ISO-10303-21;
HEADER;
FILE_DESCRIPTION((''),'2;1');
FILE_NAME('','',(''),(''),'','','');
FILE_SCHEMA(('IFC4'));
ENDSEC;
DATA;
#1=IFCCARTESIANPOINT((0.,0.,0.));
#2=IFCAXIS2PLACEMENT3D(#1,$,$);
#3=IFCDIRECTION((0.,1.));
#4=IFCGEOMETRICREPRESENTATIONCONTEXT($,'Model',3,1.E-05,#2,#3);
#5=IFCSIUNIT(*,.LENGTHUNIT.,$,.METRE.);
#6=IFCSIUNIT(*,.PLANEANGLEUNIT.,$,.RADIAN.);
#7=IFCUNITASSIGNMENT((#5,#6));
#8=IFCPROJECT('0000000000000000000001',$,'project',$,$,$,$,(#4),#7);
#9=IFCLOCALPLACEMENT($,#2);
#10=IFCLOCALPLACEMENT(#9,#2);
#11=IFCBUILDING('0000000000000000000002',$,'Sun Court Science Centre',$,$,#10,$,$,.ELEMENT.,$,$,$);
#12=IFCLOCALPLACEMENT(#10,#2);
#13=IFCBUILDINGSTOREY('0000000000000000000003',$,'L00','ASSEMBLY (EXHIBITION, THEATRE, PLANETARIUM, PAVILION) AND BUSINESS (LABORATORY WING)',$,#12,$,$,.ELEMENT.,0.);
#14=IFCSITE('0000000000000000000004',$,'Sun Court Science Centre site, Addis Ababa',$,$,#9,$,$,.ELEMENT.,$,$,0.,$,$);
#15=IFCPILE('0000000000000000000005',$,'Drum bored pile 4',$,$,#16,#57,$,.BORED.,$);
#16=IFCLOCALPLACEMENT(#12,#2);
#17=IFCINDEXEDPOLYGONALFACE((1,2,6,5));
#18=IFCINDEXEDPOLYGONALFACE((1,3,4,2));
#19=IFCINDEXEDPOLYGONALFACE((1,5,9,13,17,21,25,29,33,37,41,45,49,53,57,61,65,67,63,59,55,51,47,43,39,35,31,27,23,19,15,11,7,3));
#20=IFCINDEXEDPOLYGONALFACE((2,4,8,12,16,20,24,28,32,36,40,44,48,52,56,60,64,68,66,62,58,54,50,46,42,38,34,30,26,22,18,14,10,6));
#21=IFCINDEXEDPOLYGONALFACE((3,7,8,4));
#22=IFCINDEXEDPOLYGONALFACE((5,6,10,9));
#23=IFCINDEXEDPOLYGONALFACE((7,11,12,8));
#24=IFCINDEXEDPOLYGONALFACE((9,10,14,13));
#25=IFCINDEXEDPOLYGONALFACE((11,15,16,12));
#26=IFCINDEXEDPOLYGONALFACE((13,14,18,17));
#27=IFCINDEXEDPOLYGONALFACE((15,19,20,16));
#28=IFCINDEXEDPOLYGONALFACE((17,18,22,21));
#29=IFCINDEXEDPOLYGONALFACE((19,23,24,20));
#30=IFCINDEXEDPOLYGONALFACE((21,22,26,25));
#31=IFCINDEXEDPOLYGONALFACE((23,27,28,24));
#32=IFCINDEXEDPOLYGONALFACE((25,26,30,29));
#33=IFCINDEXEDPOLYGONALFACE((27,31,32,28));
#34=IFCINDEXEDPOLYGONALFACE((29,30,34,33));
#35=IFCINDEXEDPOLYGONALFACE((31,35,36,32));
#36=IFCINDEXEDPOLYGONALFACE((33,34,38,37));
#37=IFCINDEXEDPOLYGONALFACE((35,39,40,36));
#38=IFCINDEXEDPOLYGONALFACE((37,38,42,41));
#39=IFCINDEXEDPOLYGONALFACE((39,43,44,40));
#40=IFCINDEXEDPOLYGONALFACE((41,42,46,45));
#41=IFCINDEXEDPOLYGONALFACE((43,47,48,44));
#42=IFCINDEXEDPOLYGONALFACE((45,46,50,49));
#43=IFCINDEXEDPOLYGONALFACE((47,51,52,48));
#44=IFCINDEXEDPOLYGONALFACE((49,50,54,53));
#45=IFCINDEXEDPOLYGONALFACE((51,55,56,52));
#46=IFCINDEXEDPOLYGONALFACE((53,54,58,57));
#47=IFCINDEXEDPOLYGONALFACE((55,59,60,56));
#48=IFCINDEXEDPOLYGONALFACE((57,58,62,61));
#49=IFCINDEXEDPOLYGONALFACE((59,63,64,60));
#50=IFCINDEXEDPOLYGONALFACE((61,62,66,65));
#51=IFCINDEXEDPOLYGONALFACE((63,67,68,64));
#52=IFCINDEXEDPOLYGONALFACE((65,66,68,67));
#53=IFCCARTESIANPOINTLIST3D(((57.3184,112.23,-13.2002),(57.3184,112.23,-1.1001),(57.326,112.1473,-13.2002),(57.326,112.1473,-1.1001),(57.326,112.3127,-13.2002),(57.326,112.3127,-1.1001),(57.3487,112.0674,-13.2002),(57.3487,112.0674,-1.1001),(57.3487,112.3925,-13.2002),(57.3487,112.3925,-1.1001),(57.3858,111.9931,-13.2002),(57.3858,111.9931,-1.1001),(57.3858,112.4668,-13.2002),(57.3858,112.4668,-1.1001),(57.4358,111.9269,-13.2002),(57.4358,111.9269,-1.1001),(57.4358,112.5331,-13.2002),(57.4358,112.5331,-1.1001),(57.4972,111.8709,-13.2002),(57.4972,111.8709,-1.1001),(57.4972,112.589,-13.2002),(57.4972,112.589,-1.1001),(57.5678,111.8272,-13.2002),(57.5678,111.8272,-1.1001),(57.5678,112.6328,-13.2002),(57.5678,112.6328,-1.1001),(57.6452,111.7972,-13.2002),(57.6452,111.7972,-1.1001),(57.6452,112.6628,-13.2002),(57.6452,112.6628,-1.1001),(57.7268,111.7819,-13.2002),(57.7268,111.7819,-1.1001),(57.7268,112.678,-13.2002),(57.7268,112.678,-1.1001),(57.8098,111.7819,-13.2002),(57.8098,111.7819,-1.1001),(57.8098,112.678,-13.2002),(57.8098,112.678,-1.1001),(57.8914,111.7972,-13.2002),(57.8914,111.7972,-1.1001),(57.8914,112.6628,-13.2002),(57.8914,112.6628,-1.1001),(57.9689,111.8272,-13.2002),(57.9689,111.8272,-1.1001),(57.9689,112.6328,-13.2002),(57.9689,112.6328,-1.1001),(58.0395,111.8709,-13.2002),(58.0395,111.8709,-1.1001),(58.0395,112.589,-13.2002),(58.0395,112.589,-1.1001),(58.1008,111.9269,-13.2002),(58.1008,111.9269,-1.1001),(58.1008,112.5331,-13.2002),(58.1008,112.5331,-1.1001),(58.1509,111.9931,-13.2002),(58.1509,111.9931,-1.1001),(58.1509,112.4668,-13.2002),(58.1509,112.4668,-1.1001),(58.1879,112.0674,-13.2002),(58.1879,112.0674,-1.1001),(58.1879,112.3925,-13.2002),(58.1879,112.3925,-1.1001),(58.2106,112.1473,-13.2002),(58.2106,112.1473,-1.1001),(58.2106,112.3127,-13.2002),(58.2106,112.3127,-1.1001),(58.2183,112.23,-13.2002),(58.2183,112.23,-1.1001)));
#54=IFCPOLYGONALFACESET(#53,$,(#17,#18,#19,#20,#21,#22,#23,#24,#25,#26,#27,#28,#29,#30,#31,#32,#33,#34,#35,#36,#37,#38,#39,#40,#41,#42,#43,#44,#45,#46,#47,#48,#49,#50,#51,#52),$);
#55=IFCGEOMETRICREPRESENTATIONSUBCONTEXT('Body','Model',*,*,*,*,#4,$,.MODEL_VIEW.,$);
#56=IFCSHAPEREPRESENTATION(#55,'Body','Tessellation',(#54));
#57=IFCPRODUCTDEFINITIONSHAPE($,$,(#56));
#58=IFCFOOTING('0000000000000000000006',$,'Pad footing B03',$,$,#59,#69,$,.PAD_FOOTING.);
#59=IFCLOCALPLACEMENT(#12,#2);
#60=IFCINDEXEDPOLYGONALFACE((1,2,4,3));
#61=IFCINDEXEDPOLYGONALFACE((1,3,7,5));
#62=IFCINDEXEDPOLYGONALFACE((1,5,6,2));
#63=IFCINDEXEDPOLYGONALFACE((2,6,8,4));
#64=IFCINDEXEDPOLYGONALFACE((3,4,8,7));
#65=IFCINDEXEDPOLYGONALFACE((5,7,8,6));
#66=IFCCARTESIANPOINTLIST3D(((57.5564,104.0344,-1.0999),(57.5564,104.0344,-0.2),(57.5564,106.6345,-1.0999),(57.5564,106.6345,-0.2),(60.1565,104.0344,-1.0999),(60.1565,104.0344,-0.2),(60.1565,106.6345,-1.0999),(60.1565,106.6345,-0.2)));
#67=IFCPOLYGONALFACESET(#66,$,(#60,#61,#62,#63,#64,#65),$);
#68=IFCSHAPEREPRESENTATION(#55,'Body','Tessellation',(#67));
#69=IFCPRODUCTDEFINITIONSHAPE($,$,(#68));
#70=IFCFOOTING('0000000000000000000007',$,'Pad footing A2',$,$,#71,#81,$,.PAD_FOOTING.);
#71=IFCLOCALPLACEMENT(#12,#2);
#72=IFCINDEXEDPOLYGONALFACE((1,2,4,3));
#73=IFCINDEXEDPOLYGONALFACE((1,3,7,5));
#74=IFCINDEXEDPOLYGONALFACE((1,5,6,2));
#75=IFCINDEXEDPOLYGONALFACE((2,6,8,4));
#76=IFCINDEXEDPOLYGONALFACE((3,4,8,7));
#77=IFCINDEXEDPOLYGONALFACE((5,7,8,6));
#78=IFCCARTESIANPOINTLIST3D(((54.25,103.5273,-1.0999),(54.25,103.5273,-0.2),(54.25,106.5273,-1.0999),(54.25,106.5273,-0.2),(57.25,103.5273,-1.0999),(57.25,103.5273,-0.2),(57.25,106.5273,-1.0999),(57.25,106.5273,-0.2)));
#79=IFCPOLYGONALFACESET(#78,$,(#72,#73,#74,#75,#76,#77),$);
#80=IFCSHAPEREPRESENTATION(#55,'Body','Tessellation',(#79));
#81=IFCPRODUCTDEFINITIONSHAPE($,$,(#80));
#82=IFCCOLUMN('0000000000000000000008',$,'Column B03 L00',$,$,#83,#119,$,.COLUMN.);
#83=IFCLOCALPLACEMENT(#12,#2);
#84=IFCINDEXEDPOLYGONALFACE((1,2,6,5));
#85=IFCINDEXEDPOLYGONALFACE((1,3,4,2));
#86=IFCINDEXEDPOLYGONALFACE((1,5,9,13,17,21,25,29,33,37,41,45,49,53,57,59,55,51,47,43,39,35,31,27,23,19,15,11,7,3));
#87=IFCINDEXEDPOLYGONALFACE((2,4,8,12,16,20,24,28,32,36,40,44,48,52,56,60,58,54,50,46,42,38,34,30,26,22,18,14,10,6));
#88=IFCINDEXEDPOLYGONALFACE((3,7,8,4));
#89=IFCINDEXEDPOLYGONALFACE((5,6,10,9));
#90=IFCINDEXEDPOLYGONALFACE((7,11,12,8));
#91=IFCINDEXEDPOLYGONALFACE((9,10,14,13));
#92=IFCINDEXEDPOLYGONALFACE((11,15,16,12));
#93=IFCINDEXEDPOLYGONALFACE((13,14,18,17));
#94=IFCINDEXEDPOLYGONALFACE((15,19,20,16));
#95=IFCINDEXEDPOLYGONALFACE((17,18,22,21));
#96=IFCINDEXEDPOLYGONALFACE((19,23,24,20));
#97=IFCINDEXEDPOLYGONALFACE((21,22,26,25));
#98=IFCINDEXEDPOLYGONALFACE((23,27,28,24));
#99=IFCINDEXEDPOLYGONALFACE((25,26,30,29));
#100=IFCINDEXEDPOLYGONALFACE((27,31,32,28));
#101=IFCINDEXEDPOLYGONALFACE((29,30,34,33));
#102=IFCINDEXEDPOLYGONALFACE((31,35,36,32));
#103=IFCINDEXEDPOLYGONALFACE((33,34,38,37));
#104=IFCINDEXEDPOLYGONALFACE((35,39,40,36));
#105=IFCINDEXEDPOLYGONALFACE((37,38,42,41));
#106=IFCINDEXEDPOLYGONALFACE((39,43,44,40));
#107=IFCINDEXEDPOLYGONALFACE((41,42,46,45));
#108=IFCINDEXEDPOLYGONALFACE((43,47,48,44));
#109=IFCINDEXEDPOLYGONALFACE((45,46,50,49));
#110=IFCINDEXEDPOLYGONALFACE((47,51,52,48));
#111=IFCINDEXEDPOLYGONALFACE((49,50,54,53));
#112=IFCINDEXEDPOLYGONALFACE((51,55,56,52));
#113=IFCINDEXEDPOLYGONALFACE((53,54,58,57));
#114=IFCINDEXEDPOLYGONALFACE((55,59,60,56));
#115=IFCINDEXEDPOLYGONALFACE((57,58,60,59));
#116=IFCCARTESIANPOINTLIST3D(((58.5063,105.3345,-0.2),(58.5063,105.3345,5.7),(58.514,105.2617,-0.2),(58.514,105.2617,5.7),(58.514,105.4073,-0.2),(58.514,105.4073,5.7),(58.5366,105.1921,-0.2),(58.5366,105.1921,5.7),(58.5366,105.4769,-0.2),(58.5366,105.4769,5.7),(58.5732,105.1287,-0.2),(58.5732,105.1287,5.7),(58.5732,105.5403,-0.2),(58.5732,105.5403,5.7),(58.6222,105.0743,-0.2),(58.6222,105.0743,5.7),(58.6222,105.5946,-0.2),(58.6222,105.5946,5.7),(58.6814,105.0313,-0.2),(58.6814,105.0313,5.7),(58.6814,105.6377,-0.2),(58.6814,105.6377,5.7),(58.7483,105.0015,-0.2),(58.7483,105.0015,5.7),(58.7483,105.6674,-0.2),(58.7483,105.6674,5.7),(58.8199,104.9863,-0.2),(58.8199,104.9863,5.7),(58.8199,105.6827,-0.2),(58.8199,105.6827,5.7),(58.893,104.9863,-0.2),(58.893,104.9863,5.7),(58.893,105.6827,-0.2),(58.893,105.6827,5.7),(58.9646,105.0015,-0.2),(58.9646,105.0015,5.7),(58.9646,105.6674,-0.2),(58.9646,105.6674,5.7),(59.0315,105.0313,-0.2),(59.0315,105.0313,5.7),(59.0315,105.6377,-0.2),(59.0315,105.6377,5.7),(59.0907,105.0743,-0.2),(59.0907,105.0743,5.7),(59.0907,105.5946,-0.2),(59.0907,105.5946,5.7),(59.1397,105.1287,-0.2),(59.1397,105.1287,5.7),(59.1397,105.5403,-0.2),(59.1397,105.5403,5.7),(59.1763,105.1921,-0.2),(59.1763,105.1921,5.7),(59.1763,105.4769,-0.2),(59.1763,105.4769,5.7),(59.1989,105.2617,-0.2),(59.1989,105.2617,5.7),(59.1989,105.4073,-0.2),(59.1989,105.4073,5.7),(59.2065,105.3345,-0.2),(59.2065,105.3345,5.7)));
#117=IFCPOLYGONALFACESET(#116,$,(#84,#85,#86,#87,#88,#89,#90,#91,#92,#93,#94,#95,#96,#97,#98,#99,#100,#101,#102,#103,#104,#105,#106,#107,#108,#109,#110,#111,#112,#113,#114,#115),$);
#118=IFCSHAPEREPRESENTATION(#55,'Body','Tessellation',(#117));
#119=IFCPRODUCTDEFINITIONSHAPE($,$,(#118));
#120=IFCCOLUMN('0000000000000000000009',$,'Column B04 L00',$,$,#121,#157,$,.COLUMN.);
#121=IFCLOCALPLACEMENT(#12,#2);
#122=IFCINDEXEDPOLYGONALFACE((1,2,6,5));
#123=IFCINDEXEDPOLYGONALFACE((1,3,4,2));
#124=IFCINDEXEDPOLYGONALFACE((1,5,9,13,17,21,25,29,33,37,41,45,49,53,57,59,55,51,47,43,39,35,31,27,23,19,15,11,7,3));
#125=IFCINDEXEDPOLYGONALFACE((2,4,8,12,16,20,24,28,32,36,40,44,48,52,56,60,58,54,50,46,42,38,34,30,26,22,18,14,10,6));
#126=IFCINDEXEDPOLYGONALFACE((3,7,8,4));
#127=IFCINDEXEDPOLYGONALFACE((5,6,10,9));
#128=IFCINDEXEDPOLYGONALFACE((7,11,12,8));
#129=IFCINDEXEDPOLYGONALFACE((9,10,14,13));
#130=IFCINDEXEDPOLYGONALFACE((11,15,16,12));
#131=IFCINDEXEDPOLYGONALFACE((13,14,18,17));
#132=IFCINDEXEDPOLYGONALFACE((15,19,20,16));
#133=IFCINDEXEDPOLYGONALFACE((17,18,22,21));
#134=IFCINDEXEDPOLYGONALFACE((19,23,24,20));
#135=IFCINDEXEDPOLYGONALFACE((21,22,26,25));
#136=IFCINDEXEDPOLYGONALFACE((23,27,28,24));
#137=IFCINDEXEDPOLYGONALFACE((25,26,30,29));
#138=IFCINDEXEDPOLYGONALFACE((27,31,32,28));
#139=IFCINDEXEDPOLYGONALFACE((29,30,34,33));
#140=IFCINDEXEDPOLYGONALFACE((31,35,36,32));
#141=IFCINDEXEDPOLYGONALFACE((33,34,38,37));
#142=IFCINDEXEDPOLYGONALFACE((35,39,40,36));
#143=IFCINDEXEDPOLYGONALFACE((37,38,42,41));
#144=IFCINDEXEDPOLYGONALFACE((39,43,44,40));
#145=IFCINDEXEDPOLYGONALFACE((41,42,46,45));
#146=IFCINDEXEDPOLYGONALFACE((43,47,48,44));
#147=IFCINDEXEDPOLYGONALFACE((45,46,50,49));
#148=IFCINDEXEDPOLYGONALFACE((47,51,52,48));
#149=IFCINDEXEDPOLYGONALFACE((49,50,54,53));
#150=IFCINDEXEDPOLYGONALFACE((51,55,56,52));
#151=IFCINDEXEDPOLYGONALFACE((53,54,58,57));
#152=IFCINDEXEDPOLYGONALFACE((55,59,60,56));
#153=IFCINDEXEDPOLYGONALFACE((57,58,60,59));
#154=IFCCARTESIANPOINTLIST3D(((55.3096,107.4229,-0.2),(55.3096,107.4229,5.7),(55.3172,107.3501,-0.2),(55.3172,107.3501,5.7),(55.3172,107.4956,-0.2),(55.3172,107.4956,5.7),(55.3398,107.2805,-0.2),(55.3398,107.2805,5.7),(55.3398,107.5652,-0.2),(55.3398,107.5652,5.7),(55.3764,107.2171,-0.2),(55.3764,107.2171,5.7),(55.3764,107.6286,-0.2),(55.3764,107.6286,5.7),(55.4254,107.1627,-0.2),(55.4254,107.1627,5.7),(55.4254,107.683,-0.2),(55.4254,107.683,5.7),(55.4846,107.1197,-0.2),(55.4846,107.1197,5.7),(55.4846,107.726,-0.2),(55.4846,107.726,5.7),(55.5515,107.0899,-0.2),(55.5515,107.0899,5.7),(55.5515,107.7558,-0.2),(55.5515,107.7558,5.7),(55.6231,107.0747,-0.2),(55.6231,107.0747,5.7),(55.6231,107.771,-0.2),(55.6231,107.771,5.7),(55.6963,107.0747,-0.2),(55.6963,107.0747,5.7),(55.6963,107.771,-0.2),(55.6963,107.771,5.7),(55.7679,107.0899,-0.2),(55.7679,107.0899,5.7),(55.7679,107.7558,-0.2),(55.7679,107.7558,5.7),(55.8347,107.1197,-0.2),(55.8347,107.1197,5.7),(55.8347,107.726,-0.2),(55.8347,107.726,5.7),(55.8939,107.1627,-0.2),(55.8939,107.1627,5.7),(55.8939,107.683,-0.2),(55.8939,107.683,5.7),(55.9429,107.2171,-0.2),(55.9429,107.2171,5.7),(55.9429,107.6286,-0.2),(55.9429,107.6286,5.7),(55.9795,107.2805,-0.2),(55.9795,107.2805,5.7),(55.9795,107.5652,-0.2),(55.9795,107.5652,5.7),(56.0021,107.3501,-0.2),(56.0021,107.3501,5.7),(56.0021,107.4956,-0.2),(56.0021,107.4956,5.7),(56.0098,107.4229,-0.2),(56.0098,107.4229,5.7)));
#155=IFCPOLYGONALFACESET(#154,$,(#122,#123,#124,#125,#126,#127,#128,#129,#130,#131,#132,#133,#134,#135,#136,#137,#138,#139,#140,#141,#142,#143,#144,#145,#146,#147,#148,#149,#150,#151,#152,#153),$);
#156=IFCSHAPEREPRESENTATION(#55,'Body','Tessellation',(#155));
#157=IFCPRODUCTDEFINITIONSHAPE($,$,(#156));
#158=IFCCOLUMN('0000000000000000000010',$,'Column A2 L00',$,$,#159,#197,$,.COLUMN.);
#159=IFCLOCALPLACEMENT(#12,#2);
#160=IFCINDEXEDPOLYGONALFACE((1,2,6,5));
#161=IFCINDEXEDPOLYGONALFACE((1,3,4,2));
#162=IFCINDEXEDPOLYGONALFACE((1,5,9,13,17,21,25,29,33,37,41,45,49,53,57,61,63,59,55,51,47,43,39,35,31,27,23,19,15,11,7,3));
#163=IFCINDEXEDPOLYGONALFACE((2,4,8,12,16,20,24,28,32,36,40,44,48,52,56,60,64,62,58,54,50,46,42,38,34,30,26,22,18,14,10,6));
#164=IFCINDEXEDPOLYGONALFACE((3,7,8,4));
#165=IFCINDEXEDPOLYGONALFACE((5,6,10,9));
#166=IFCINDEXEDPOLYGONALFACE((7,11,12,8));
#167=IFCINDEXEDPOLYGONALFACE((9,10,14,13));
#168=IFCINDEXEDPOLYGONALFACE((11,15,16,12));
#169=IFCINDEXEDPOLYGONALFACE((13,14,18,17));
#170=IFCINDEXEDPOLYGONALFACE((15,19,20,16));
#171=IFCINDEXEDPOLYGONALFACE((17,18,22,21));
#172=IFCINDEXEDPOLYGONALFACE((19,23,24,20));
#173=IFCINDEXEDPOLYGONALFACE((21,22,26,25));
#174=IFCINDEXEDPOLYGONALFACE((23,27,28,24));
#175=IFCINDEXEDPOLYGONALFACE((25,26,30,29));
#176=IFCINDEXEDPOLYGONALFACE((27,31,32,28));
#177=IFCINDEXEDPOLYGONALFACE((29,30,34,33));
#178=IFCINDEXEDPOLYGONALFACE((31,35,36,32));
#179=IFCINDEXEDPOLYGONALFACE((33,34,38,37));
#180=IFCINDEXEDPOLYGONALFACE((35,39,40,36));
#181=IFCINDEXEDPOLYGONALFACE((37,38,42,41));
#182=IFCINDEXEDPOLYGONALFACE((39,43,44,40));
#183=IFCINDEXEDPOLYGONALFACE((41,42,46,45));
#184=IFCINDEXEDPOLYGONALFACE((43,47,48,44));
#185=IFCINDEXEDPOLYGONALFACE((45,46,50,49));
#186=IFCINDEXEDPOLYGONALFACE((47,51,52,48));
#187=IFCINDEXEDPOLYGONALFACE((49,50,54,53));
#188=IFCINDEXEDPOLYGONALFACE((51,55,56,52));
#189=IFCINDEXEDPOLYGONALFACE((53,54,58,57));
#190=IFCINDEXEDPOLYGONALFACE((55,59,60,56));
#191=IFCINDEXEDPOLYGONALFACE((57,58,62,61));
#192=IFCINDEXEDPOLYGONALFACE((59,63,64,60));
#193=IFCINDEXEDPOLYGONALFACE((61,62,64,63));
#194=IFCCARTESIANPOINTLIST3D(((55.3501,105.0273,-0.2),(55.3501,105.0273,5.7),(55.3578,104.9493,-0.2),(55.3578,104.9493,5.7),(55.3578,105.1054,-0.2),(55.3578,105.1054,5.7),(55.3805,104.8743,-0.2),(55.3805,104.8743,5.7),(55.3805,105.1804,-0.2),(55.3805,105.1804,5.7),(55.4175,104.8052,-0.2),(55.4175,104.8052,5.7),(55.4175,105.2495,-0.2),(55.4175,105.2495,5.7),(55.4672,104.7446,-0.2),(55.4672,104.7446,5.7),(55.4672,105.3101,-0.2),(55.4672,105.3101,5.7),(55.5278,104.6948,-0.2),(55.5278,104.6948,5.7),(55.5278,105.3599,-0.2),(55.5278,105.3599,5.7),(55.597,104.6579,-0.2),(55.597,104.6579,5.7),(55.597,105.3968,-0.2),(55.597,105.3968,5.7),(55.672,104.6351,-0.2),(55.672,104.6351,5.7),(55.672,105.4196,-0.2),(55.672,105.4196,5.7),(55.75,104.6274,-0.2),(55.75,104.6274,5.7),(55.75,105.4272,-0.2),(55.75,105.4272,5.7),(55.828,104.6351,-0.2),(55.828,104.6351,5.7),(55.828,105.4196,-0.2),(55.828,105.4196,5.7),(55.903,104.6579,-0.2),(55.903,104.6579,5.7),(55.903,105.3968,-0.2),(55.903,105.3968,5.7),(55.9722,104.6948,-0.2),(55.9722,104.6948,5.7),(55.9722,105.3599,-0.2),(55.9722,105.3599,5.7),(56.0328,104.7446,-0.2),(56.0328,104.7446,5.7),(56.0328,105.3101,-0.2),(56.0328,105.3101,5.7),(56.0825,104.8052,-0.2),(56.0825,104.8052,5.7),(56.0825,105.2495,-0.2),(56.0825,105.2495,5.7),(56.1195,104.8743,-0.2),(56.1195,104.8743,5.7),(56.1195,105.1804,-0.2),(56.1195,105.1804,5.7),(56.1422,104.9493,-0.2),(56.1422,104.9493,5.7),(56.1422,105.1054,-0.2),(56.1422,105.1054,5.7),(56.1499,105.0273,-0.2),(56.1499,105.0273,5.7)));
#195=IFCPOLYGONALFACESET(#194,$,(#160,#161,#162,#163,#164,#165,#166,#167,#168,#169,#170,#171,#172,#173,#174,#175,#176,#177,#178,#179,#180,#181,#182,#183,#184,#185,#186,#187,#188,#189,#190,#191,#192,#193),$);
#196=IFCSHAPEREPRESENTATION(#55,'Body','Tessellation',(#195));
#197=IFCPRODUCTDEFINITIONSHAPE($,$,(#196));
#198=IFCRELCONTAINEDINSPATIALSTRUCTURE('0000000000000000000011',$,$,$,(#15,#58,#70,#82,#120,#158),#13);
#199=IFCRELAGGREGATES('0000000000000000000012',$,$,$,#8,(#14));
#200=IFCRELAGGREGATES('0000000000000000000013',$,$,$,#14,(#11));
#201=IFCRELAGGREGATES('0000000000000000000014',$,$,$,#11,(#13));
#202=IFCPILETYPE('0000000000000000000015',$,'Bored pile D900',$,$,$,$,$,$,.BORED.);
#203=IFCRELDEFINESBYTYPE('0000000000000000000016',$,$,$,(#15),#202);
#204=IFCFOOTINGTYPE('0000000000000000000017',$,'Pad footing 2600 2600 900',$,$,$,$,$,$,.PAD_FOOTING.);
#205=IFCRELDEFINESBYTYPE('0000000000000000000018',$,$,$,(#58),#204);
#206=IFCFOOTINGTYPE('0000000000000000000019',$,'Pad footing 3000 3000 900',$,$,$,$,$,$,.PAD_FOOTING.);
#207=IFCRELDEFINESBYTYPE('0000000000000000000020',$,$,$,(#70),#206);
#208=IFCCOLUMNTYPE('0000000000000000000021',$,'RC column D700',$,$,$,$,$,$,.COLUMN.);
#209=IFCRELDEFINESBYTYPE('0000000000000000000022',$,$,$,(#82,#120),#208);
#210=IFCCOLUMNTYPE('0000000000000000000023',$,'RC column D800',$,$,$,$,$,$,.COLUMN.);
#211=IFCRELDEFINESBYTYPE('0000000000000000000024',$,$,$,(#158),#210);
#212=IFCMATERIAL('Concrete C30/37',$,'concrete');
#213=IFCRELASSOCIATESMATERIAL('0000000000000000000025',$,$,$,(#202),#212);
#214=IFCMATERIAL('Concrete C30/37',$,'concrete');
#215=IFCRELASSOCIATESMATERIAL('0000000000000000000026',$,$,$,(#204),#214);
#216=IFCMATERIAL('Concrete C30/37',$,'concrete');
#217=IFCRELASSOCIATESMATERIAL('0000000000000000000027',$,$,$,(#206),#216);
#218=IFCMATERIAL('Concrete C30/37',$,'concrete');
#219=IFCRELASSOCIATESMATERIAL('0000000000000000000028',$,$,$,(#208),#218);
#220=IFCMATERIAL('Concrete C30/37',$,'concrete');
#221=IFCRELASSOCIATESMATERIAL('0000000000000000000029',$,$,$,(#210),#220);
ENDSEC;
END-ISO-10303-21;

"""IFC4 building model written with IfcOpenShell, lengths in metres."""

from ifc_helpers import new_model, si_unit, direction, frame, origin, origin_2d, place, context, subcontext, project, spatial, rectangle, circle, extrude, material, material_profile, profile_set, type_object, element, save


model = new_model("IFC4")

# Units and contexts
model_context = context("Model", 3, precision=1e-05, world=origin(), true_north=direction((0.0, 1.0)))
body_context = subcontext(model_context, "Body", "Model", "MODEL_VIEW")
ifc_project = project(units=[si_unit("LENGTHUNIT", "METRE"), si_unit("PLANEANGLEUNIT", "RADIAN")], contexts=[model_context])

# Site, building, storey
site_placement = place(None, origin())
site = spatial("IfcSite", under=ifc_project, at=site_placement, Name="Sun Court Science Centre site, Addis Ababa", CompositionType="ELEMENT", RefElevation=0.0)
building_placement = place(site_placement, origin())
building = spatial("IfcBuilding", under=site, at=building_placement, Name="Sun Court Science Centre", CompositionType="ELEMENT")
storey_placement = place(building_placement, origin())
storey = spatial("IfcBuildingStorey", under=building, at=storey_placement, Name="L00", Description="ASSEMBLY (EXHIBITION, THEATRE, PLANETARIUM, PAVILION) AND BUSINESS (LABORATORY WING)", CompositionType="ELEMENT", Elevation=0.0)

# Pile
ifc_material_1 = material(Name="Concrete C30/37", Category="concrete")
ifc_material_profile_1 = material_profile(ifc_material_1, circle(Radius=0.45, at=origin_2d()), Name="RC D900")
ifc_profile_set_1 = profile_set([ifc_material_profile_1], Name="Concrete C30/37")
pile_type = type_object("IfcPileType", Name="Bored pile D900", PredefinedType="BORED", material=ifc_profile_set_1)
pile_placement = place(storey_placement, frame((57.7683, 112.23, -1.1001), z_axis=(0.0, 0.0, -1.0), x_axis=(1.0, 0.0, 0.0)))
element("IfcPile", 1, at=pile_placement, inside=storey, type_object=pile_type, Name="Drum bored pile 4", PredefinedType="BORED", context=body_context, shape_type="SweptSolid", body=[
    extrude(circle(Radius=0.45, at=origin_2d()), origin(), (0.0, 0.0, 1.0), 12.1001),
])

# Footings
ifc_material_2 = material(Name="Concrete C30/37", Category="concrete")
footing_type_1 = type_object("IfcFootingType", Name="Pad footing 2600 2600 900", PredefinedType="PAD_FOOTING", material=ifc_material_2)
footing_1_placement = place(storey_placement, frame((58.8564, 105.3345, -1.0999), z_axis=(0.0, 0.0, 1.0), x_axis=(1.0, 0.0, 0.0)))
element("IfcFooting", 2, at=footing_1_placement, inside=storey, type_object=footing_type_1, Name="Pad footing B03", PredefinedType="PAD_FOOTING", context=body_context, shape_type="SweptSolid", body=[
    extrude(rectangle(XDim=2.6001, YDim=2.6001, at=origin_2d()), origin(), (0.0, 0.0, 1.0), 0.8999),
])
ifc_material_3 = material(Name="Concrete C30/37", Category="concrete")
footing_type_2 = type_object("IfcFootingType", Name="Pad footing 3000 3000 900", PredefinedType="PAD_FOOTING", material=ifc_material_3)
footing_2_placement = place(storey_placement, frame((55.75, 105.0273, -1.0999), z_axis=(0.0, 0.0, 1.0), x_axis=(1.0, 0.0, 0.0)))
element("IfcFooting", 3, at=footing_2_placement, inside=storey, type_object=footing_type_2, Name="Pad footing A2", PredefinedType="PAD_FOOTING", context=body_context, shape_type="SweptSolid", body=[
    extrude(rectangle(XDim=3.0, YDim=3.0, at=origin_2d()), origin(), (0.0, 0.0, 1.0), 0.8999),
])

# Columns
ifc_material_4 = material(Name="Concrete C30/37", Category="concrete")
ifc_material_profile_2 = material_profile(ifc_material_4, circle(Radius=0.3501, at=origin_2d()), Name="RC D700")
ifc_profile_set_2 = profile_set([ifc_material_profile_2], Name="Concrete C30/37")
column_type_1 = type_object("IfcColumnType", Name="RC column D700", PredefinedType="COLUMN", material=ifc_profile_set_2)
for number, where, z_axis, x_axis, name in (
    (4, (58.8564, 105.3345, -0.2), (0.0, 0.0, 1.0), (1.0, 0.0, 0.0), "Column B03 L00"),
    (5, (55.6597, 107.4229, -0.2), (0.0, 0.0, 1.0), (1.0, 0.0, 0.0), "Column B04 L00"),
):
    element("IfcColumn", number, at=place(storey_placement, frame(where, z_axis=z_axis, x_axis=x_axis)), inside=storey, type_object=column_type_1, Name=name, PredefinedType="COLUMN", context=body_context, shape_type="SweptSolid", body=[
        extrude(circle(Radius=0.3501, at=origin_2d()), origin(), (0.0, 0.0, 1.0), 5.8999),
    ])
ifc_material_5 = material(Name="Concrete C30/37", Category="concrete")
ifc_material_profile_3 = material_profile(ifc_material_5, circle(Radius=0.3999, at=origin_2d()), Name="RC D800")
ifc_profile_set_3 = profile_set([ifc_material_profile_3], Name="Concrete C30/37")
column_type_2 = type_object("IfcColumnType", Name="RC column D800", PredefinedType="COLUMN", material=ifc_profile_set_3)
column_placement = place(storey_placement, frame((55.75, 105.0273, -0.2), z_axis=(0.0, 0.0, 1.0), x_axis=(1.0, 0.0, 0.0)))
element("IfcColumn", 6, at=column_placement, inside=storey, type_object=column_type_2, Name="Column A2 L00", PredefinedType="COLUMN", context=body_context, shape_type="SweptSolid", body=[
    extrude(circle(Radius=0.3999, at=origin_2d()), origin(), (0.0, 0.0, 1.0), 5.8999),
])

save(model, "model.ifc")
